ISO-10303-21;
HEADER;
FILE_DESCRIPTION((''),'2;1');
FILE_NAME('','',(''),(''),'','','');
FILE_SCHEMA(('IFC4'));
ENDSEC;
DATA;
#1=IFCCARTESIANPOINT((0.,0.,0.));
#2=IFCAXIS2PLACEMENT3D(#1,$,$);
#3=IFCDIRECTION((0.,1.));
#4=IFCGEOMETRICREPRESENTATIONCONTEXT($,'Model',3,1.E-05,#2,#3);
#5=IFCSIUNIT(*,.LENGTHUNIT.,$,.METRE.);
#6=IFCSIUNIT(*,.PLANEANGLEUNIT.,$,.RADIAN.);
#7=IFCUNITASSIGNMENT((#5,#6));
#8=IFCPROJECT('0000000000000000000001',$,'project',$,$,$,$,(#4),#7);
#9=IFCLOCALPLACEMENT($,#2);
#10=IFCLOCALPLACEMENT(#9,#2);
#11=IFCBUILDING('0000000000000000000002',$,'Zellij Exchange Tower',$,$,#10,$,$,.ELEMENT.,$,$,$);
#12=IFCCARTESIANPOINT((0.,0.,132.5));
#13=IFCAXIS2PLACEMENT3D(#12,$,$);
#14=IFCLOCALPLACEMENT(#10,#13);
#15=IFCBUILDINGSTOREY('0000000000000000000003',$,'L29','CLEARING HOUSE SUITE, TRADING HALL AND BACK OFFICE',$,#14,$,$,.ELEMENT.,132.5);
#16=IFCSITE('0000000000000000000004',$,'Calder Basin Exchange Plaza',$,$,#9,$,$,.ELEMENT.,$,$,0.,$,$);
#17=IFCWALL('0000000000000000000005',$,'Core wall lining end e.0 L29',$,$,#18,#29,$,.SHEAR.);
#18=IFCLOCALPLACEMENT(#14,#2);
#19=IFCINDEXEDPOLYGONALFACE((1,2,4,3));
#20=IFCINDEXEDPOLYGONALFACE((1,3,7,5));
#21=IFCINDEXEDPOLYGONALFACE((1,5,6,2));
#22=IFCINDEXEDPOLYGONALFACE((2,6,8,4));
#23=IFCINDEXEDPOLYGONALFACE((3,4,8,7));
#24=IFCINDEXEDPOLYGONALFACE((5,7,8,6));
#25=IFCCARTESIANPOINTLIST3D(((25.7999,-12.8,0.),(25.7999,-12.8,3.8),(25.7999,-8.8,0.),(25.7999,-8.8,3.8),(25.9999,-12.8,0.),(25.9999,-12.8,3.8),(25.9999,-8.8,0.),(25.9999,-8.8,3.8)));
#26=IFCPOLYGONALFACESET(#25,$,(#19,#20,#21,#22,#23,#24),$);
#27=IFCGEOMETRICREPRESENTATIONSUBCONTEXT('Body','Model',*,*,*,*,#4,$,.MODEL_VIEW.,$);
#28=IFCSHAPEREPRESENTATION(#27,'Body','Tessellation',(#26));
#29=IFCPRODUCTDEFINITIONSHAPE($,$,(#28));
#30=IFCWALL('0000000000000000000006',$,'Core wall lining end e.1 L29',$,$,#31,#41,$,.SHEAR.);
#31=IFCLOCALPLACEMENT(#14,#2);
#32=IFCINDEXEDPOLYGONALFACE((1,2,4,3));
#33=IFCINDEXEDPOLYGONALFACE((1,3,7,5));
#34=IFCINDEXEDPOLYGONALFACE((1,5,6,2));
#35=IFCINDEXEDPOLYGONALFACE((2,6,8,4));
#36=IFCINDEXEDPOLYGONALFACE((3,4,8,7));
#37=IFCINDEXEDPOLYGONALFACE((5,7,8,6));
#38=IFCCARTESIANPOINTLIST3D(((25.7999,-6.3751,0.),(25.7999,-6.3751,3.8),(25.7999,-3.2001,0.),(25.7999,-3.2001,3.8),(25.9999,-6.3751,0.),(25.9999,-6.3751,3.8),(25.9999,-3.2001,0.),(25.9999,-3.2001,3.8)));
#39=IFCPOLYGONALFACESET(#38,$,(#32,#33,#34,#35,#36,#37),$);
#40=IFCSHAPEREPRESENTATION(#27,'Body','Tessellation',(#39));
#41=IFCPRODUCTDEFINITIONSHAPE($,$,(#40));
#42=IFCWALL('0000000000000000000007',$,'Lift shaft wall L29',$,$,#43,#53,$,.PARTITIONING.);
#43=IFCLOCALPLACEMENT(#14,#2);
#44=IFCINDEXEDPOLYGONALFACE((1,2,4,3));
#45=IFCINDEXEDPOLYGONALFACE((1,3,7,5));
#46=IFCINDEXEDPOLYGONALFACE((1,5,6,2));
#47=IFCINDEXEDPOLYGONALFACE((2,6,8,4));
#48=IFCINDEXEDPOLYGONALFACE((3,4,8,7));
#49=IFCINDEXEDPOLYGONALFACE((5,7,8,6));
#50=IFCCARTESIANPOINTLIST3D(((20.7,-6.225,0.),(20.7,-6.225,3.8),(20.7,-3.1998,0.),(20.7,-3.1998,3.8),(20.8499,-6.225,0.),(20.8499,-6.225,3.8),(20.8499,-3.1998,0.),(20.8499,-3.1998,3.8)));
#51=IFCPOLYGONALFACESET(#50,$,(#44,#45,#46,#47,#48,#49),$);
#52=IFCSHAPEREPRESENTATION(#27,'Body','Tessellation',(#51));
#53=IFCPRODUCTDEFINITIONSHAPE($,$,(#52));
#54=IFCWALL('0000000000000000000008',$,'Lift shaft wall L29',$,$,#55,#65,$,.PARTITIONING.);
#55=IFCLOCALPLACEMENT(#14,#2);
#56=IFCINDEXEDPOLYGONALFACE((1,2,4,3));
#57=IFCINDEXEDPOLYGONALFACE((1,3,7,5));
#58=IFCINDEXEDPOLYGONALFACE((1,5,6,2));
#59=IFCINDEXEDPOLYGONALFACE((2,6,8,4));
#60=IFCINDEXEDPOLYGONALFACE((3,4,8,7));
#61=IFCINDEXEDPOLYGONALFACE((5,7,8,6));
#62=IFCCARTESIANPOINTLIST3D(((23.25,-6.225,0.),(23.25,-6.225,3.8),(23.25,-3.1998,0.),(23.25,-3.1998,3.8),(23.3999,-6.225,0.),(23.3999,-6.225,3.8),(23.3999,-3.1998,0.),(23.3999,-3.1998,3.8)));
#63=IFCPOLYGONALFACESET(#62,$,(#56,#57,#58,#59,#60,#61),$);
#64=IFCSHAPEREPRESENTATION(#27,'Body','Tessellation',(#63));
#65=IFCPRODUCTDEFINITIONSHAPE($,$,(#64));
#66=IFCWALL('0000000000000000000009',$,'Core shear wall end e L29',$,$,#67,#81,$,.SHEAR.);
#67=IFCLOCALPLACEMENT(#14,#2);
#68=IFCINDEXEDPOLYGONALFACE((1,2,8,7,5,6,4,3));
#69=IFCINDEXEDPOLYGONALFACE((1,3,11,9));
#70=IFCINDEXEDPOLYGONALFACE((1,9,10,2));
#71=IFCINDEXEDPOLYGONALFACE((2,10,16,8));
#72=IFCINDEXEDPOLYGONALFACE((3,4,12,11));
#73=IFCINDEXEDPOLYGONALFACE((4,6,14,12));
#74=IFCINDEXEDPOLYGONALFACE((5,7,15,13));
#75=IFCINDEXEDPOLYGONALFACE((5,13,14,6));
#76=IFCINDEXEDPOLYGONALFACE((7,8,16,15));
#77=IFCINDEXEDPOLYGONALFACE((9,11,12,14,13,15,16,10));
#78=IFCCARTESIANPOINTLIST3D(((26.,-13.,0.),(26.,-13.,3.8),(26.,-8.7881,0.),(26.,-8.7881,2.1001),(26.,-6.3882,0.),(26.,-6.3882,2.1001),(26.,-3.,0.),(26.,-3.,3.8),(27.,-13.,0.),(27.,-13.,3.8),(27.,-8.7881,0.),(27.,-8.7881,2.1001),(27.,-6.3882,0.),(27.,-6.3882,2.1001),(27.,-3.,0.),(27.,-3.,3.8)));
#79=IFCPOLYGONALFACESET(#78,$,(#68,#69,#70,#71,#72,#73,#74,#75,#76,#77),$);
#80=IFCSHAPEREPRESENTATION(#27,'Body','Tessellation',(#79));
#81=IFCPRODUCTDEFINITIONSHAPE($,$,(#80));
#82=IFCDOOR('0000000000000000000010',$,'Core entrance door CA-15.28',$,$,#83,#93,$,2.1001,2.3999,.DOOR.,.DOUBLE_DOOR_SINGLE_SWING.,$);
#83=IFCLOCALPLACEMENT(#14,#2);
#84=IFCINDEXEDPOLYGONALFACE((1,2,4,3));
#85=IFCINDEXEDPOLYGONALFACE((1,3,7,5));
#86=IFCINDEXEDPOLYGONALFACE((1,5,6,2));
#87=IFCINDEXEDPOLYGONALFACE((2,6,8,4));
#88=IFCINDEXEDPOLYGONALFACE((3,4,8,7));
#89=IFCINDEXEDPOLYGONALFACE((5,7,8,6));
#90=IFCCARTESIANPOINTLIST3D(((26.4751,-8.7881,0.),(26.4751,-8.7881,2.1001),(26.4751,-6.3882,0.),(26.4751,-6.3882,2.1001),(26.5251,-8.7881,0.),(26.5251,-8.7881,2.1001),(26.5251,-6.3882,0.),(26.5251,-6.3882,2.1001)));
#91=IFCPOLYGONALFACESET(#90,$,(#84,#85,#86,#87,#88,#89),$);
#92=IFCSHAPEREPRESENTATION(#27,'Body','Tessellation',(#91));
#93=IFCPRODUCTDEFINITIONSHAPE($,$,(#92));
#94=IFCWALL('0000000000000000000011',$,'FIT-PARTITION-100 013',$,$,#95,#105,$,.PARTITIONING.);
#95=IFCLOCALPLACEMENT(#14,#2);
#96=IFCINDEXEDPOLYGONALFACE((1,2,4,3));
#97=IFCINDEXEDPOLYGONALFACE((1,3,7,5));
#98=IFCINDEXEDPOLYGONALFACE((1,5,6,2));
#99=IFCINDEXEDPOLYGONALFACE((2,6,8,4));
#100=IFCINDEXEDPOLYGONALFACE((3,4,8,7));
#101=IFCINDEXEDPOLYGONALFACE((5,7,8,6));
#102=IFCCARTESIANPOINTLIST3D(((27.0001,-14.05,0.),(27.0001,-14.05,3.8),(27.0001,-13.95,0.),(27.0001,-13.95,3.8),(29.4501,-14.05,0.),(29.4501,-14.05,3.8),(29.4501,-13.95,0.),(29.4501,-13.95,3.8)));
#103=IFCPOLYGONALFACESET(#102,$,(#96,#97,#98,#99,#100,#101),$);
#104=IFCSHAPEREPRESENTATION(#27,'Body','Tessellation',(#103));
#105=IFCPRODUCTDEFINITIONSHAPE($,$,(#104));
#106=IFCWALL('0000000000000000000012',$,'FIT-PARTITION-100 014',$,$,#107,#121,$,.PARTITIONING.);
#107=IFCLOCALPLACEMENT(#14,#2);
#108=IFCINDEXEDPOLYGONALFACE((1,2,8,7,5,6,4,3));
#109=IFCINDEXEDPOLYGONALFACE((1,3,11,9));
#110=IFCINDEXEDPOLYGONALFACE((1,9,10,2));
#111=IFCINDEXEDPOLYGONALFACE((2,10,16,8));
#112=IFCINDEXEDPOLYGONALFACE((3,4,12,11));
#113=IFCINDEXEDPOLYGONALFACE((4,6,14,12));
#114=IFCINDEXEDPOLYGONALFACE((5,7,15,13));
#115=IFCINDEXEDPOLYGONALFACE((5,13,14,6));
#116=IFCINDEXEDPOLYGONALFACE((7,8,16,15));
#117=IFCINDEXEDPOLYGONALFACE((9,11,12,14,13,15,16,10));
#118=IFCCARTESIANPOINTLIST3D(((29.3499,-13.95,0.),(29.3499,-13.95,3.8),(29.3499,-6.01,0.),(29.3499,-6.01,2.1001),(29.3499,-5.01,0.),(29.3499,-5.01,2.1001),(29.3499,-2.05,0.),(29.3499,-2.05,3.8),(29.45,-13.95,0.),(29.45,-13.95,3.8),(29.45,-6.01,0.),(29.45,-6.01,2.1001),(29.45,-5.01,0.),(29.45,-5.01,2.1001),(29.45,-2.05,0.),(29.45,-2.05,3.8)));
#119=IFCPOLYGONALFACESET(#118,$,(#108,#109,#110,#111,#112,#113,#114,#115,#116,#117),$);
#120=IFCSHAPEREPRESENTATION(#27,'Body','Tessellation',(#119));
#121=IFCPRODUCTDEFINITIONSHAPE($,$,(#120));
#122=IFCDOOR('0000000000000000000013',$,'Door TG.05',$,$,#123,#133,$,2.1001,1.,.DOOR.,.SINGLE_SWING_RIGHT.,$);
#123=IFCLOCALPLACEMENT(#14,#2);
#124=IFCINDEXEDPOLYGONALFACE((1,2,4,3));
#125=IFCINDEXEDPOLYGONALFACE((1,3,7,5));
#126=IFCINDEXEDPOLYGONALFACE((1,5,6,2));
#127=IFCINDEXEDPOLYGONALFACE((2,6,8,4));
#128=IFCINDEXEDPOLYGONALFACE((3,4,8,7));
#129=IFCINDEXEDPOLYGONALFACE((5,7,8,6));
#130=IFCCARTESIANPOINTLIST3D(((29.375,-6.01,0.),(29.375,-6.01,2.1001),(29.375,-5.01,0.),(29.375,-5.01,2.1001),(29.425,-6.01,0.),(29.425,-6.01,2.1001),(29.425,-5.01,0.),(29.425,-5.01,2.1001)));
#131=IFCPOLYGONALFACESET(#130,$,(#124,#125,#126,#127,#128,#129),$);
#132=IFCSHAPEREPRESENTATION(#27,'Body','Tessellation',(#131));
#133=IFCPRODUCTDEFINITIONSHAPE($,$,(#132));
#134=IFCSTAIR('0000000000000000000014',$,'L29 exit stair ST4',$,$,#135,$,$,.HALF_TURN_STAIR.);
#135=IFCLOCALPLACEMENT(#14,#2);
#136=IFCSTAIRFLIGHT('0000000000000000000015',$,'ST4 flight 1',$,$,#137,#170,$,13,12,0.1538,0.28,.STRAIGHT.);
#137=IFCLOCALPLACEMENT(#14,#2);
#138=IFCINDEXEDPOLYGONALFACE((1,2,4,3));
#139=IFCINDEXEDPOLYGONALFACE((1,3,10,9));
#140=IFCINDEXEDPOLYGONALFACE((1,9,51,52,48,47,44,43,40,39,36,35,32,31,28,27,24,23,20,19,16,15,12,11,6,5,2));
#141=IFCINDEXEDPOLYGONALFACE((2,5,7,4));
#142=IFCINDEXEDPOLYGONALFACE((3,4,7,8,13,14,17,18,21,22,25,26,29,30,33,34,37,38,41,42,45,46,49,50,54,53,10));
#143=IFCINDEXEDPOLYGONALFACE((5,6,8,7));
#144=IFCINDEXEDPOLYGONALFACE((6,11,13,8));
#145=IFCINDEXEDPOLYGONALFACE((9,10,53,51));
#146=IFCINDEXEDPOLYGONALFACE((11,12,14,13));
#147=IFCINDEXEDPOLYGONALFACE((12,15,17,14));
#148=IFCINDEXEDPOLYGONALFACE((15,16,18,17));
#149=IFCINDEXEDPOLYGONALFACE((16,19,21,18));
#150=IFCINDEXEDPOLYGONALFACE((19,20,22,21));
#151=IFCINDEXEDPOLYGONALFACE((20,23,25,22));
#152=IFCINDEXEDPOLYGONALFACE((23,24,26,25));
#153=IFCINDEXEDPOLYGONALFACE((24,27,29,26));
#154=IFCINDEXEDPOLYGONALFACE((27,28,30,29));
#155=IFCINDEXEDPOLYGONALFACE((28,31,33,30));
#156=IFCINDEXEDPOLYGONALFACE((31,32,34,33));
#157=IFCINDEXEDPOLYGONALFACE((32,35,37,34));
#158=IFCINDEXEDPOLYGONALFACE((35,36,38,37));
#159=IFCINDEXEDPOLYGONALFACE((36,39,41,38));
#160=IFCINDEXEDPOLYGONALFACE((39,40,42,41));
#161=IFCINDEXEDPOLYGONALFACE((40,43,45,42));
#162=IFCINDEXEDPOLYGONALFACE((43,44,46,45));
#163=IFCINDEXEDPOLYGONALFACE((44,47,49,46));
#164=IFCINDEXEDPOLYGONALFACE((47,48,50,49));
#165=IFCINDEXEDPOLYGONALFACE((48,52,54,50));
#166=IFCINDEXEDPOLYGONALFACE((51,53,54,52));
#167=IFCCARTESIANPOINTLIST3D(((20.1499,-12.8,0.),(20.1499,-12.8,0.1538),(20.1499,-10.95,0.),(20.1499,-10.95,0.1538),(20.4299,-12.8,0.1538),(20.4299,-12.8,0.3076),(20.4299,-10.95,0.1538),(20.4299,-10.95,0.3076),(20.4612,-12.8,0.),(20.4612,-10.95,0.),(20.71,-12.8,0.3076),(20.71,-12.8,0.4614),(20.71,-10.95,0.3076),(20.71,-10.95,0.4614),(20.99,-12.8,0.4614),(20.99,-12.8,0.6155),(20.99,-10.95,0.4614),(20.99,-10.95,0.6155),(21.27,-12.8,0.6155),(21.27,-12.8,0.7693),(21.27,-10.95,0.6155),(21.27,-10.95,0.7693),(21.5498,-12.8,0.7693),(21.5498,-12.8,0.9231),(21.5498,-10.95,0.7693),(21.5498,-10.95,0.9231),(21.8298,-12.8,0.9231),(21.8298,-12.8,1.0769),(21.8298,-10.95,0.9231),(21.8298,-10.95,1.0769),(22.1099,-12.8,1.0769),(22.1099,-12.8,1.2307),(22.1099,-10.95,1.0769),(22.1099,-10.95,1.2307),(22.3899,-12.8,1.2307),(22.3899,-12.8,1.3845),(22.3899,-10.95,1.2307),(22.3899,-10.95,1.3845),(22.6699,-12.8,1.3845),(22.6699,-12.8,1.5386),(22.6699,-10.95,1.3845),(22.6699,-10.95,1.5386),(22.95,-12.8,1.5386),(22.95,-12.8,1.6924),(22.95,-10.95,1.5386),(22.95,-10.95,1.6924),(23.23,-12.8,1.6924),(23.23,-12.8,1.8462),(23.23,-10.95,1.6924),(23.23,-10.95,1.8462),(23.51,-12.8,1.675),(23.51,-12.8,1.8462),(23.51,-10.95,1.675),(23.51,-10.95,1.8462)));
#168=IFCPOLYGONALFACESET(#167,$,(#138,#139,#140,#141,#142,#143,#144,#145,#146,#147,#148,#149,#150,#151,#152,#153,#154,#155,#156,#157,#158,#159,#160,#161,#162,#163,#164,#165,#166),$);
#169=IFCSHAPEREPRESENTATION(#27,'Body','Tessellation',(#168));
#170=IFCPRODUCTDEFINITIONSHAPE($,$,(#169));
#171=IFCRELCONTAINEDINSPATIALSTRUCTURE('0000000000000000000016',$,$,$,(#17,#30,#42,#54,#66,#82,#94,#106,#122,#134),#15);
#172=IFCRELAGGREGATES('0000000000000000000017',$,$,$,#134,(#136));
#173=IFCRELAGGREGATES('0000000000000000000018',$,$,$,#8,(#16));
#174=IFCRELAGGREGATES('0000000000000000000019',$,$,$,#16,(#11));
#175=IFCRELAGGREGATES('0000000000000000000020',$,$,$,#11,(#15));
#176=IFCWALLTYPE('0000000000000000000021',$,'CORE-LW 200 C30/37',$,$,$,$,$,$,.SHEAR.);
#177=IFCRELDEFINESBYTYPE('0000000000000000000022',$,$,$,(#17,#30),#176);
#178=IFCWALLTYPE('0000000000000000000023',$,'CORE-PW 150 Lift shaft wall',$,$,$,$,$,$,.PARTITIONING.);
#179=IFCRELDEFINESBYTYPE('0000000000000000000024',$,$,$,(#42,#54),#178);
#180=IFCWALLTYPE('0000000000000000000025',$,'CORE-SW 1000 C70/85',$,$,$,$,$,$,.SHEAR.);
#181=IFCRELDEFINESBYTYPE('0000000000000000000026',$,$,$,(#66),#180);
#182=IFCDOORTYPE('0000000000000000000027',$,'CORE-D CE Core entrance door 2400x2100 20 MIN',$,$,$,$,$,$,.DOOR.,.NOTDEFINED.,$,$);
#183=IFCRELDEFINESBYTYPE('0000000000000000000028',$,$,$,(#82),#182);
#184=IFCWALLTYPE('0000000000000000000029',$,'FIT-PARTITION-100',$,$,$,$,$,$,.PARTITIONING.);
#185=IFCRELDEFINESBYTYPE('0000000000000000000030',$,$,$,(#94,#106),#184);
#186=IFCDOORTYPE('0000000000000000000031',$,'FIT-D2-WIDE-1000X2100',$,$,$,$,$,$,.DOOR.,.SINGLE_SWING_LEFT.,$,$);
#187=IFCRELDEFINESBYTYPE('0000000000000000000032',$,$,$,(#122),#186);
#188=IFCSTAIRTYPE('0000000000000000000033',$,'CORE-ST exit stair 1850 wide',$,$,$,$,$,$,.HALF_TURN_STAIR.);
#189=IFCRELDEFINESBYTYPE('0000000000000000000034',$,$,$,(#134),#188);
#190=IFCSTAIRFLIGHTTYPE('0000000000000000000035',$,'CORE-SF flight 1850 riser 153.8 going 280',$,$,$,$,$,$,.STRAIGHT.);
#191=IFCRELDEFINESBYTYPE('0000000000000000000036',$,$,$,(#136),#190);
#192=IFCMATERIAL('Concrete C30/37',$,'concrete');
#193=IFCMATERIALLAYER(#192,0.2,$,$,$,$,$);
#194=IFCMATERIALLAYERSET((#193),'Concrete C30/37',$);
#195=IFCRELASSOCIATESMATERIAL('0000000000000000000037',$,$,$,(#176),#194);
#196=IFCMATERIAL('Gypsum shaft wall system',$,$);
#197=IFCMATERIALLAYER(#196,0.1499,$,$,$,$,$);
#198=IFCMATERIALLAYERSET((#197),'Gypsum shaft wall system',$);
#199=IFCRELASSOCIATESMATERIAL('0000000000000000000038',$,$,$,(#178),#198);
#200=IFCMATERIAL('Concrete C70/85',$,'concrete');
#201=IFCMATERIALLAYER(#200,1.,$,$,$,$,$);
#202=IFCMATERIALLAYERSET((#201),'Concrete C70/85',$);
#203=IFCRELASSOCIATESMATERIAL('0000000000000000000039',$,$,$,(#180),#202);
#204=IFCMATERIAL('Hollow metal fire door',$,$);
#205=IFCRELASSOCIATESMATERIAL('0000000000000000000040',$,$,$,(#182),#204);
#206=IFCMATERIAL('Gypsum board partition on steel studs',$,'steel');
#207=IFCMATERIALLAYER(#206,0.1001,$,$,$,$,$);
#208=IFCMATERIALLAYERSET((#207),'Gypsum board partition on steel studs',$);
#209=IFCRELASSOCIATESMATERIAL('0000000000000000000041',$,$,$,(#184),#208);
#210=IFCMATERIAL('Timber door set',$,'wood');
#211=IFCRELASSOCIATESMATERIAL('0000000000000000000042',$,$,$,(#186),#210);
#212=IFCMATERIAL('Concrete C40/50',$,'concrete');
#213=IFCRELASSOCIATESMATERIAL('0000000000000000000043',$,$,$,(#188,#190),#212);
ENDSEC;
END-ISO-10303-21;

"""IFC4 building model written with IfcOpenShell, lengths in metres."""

from ifc_helpers import new_model, si_unit, direction, frame, frame_2d, origin, place, context, subcontext, project, spatial, polyline, rectangle, outline, extrude, material, layer, layer_set, type_object, element, fill, aggregate, save


model = new_model("IFC4")

# Units and contexts
model_context = context("Model", 3, precision=1e-05, world=origin(), true_north=direction((0.0, 1.0)))
body_context = subcontext(model_context, "Body", "Model", "MODEL_VIEW")
ifc_project = project(units=[si_unit("LENGTHUNIT", "METRE"), si_unit("PLANEANGLEUNIT", "RADIAN")], contexts=[model_context])

# Site, building, storey
site_placement = place(None, origin())
site = spatial("IfcSite", under=ifc_project, at=site_placement, Name="Calder Basin Exchange Plaza", CompositionType="ELEMENT", RefElevation=0.0)
building_placement = place(site_placement, origin())
building = spatial("IfcBuilding", under=site, at=building_placement, Name="Zellij Exchange Tower", CompositionType="ELEMENT")
storey_placement = place(building_placement, frame((0.0, 0.0, 132.5)))
storey = spatial("IfcBuildingStorey", under=building, at=storey_placement, Name="L29", Description="CLEARING HOUSE SUITE, TRADING HALL AND BACK OFFICE", CompositionType="ELEMENT", Elevation=132.5)

# Shared definitions
ifc_material_1 = material(Name="Concrete C70/85", Category="concrete")

# Walls
ifc_material_2 = material(Name="Concrete C30/37", Category="concrete")
ifc_layer_1 = layer(ifc_material_2, 0.2)
ifc_layer_set_1 = layer_set([ifc_layer_1], Name="Concrete C30/37")
wall_type_1 = type_object("IfcWallType", Name="CORE-LW 200 C30/37", PredefinedType="SHEAR", material=ifc_layer_set_1)
wall_1_placement = place(storey_placement, frame((25.8999, -12.8, 0.0), z_axis=(0.0, 0.0, 1.0), x_axis=(0.0, 1.0, 0.0)))
element("IfcWall", 1, at=wall_1_placement, inside=storey, type_object=wall_type_1, Name="Core wall lining end e.0 L29", PredefinedType="SHEAR", context=body_context, shape_type="SweptSolid", body=[
    extrude(rectangle(XDim=4.0, YDim=0.2, at=frame_2d((2.0, 0.0))), origin(), (0.0, 0.0, 1.0), 3.8),
])
wall_2_placement = place(storey_placement, frame((25.8999, -6.375, 0.0), z_axis=(0.0, 0.0, 1.0), x_axis=(0.0, 1.0, 0.0)))
element("IfcWall", 2, at=wall_2_placement, inside=storey, type_object=wall_type_1, Name="Core wall lining end e.1 L29", PredefinedType="SHEAR", context=body_context, shape_type="SweptSolid", body=[
    extrude(rectangle(XDim=3.175, YDim=0.2, at=frame_2d((1.5874, 0.0))), origin(), (0.0, 0.0, 1.0), 3.8),
])
ifc_material_3 = material(Name="Gypsum shaft wall system")
ifc_layer_2 = layer(ifc_material_3, 0.1499)
ifc_layer_set_2 = layer_set([ifc_layer_2], Name="Gypsum shaft wall system")
wall_type_2 = type_object("IfcWallType", Name="CORE-PW 150 Lift shaft wall", PredefinedType="PARTITIONING", material=ifc_layer_set_2)
for number, where, z_axis, x_axis, name in (
    (3, (20.7749, -6.2251, 0.0), (0.0, 0.0, 1.0), (0.0, 1.0, 0.0), "Lift shaft wall L29"),
    (4, (23.325, -6.2251, 0.0), (0.0, 0.0, 1.0), (0.0, 1.0, 0.0), "Lift shaft wall L29"),
):
    element("IfcWall", number, at=place(storey_placement, frame(where, z_axis=z_axis, x_axis=x_axis)), inside=storey, type_object=wall_type_2, Name=name, PredefinedType="PARTITIONING", context=body_context, shape_type="SweptSolid", body=[
        extrude(rectangle(XDim=3.0251, YDim=0.1499, at=frame_2d((1.5127, 0.0))), origin(), (0.0, 0.0, 1.0), 3.8),
    ])

# Wall, opening, door
ifc_layer_3 = layer(ifc_material_1, 1.0)
ifc_layer_set_3 = layer_set([ifc_layer_3], Name="Concrete C70/85")
wall_type_3 = type_object("IfcWallType", Name="CORE-SW 1000 C70/85", PredefinedType="SHEAR", material=ifc_layer_set_3)
wall_3_placement = place(storey_placement, frame((26.5, -13.0, 0.0), z_axis=(0.0, 0.0, 1.0), x_axis=(0.0, 1.0, 0.0)))
wall_3 = element("IfcWall", 5, at=wall_3_placement, inside=storey, type_object=wall_type_3, Name="Core shear wall end e L29", PredefinedType="SHEAR", context=body_context, shape_type="SweptSolid", body=[
    extrude(rectangle(XDim=10.0, YDim=1.0, at=frame_2d((5.0, 0.0))), origin(), (0.0, 0.0, 1.0), 3.8),
])
opening_1_placement = place(wall_3_placement, frame((4.2119, 0.0, 0.0)))
opening_1 = element("IfcOpeningElement", 6, at=opening_1_placement, cuts=wall_3, PredefinedType="OPENING", context=body_context, shape_type="SweptSolid", body=[
    extrude(rectangle(XDim=2.3999, YDim=2.1001, at=frame_2d((1.2, 1.05))), frame((0.0, 0.512, 0.0), z_axis=(0.0, -1.0, 0.0), x_axis=(1.0, 0.0, 0.0)), (0.0, 0.0, 1.0), 1.0239),
])
ifc_material_4 = material(Name="Hollow metal fire door")
door_type_1 = type_object("IfcDoorType", Name="CORE-D CE Core entrance door 2400x2100 20 MIN", OperationType="NOTDEFINED", PredefinedType="DOOR", material=ifc_material_4)
door_1_placement = place(opening_1_placement, origin())
door_1 = element("IfcDoor", 7, at=door_1_placement, inside=storey, type_object=door_type_1, Name="Core entrance door CA-15.28", OperationType="DOUBLE_DOOR_SINGLE_SWING", OverallHeight=2.1001, OverallWidth=2.3999, PredefinedType="DOOR", context=body_context, shape_type="SweptSolid", body=[
    extrude(rectangle(XDim=2.3999, YDim=2.1001, at=frame_2d((1.2, 1.05))), frame((0.0, 0.0249, 0.0), z_axis=(0.0, -1.0, 0.0), x_axis=(1.0, 0.0, 0.0)), (0.0, 0.0, 1.0), 0.05),
])
fill(opening_1, door_1)

# Wall
ifc_material_5 = material(Name="Gypsum board partition on steel studs", Category="steel")
ifc_layer_4 = layer(ifc_material_5, 0.1001)
ifc_layer_set_4 = layer_set([ifc_layer_4], Name="Gypsum board partition on steel studs")
wall_type_4 = type_object("IfcWallType", Name="FIT-PARTITION-100", PredefinedType="PARTITIONING", material=ifc_layer_set_4)
wall_4_placement = place(storey_placement, frame((27.0, -14.0, 0.0), z_axis=(0.0, 0.0, 1.0), x_axis=(1.0, 0.0, 0.0)))
element("IfcWall", 8, at=wall_4_placement, inside=storey, type_object=wall_type_4, Name="FIT-PARTITION-100 013", PredefinedType="PARTITIONING", context=body_context, shape_type="SweptSolid", body=[
    extrude(rectangle(XDim=2.45, YDim=0.1001, at=frame_2d((1.2251, 0.0))), origin(), (0.0, 0.0, 1.0), 3.8),
])

# Wall, opening, door
wall_5_placement = place(storey_placement, frame((29.3999, -13.95, 0.0), z_axis=(0.0, 0.0, 1.0), x_axis=(0.0, 1.0, 0.0)))
wall_5 = element("IfcWall", 9, at=wall_5_placement, inside=storey, type_object=wall_type_4, Name="FIT-PARTITION-100 014", PredefinedType="PARTITIONING", context=body_context, shape_type="SweptSolid", body=[
    extrude(rectangle(XDim=11.8999, YDim=0.1001, at=frame_2d((5.95, 0.0))), origin(), (0.0, 0.0, 1.0), 3.8),
])
opening_2_placement = place(wall_5_placement, frame((7.9399, 0.0, 0.0)))
opening_2 = element("IfcOpeningElement", 10, at=opening_2_placement, cuts=wall_5, PredefinedType="OPENING", context=body_context, shape_type="SweptSolid", body=[
    extrude(rectangle(XDim=1.0, YDim=2.1001, at=frame_2d((0.5, 1.05))), frame((0.0, 0.062, 0.0), z_axis=(0.0, -1.0, 0.0), x_axis=(1.0, 0.0, 0.0)), (0.0, 0.0, 1.0), 0.124),
])
ifc_material_6 = material(Name="Timber door set", Category="wood")
door_type_2 = type_object("IfcDoorType", Name="FIT-D2-WIDE-1000X2100", OperationType="SINGLE_SWING_LEFT", PredefinedType="DOOR", material=ifc_material_6)
door_2_placement = place(opening_2_placement, origin())
door_2 = element("IfcDoor", 11, at=door_2_placement, inside=storey, type_object=door_type_2, Name="Door TG.05", OperationType="SINGLE_SWING_RIGHT", OverallHeight=2.1001, OverallWidth=1.0, PredefinedType="DOOR", context=body_context, shape_type="SweptSolid", body=[
    extrude(rectangle(XDim=1.0, YDim=2.1001, at=frame_2d((0.5, 1.05))), frame((0.0, 0.0249, 0.0), z_axis=(0.0, -1.0, 0.0), x_axis=(1.0, 0.0, 0.0)), (0.0, 0.0, 1.0), 0.05),
])
fill(opening_2, door_2)

# Stair, stair flight
ifc_material_7 = material(Name="Concrete C40/50", Category="concrete")
stair_type = type_object("IfcStairType", Name="CORE-ST exit stair 1850 wide", PredefinedType="HALF_TURN_STAIR", material=ifc_material_7)
stair_placement = place(storey_placement, origin())
stair = element("IfcStair", 12, at=stair_placement, inside=storey, type_object=stair_type, Name="L29 exit stair ST4", PredefinedType="HALF_TURN_STAIR")
stair_flight_type = type_object("IfcStairFlightType", Name="CORE-SF flight 1850 riser 153.8 going 280", PredefinedType="STRAIGHT", material=ifc_material_7)
stair_flight_1_placement = place(storey_placement, frame((20.1499, -11.875, 0.0), z_axis=(0.0, 0.0, 1.0), x_axis=(1.0, 0.0, 0.0)))
stair_flight_1 = element("IfcStairFlight", 13, at=stair_flight_1_placement, type_object=stair_flight_type, Name="ST4 flight 1", NumberOfRisers=13, NumberOfTreads=12, PredefinedType="STRAIGHT", RiserHeight=0.1538, TreadLength=0.28, context=body_context, shape_type="SweptSolid", body=[
    extrude(outline(polyline([(0.0, 0.0), (0.0, 0.1538), (0.28, 0.1538), (0.28, 0.3076), (0.5601, 0.3076), (0.5601, 0.4614), (0.8401, 0.4614), (0.8401, 0.6155), (1.1201, 0.6155), (1.1201, 0.7693), (1.3999, 0.7693), (1.3999, 0.9231), (1.6799, 0.9231), (1.6799, 1.0769), (1.96, 1.0769), (1.96, 1.2307), (2.24, 1.2307), (2.24, 1.3845), (2.52, 1.3845), (2.52, 1.5386), (2.8, 1.5386), (2.8, 1.6924), (3.0801, 1.6924), (3.0801, 1.8462), (3.3601, 1.8462), (3.3601, 2.0), (3.3601, 1.675), (0.3113, 0.0), (0.0, 0.0)])), frame((0.0, 0.925, 0.0), z_axis=(0.0, -1.0, 0.0), x_axis=(1.0, 0.0, 0.0)), (0.0, 0.0, 1.0), 1.8501),
])
aggregate(stair, [stair_flight_1])

save(model, "model.ifc")
